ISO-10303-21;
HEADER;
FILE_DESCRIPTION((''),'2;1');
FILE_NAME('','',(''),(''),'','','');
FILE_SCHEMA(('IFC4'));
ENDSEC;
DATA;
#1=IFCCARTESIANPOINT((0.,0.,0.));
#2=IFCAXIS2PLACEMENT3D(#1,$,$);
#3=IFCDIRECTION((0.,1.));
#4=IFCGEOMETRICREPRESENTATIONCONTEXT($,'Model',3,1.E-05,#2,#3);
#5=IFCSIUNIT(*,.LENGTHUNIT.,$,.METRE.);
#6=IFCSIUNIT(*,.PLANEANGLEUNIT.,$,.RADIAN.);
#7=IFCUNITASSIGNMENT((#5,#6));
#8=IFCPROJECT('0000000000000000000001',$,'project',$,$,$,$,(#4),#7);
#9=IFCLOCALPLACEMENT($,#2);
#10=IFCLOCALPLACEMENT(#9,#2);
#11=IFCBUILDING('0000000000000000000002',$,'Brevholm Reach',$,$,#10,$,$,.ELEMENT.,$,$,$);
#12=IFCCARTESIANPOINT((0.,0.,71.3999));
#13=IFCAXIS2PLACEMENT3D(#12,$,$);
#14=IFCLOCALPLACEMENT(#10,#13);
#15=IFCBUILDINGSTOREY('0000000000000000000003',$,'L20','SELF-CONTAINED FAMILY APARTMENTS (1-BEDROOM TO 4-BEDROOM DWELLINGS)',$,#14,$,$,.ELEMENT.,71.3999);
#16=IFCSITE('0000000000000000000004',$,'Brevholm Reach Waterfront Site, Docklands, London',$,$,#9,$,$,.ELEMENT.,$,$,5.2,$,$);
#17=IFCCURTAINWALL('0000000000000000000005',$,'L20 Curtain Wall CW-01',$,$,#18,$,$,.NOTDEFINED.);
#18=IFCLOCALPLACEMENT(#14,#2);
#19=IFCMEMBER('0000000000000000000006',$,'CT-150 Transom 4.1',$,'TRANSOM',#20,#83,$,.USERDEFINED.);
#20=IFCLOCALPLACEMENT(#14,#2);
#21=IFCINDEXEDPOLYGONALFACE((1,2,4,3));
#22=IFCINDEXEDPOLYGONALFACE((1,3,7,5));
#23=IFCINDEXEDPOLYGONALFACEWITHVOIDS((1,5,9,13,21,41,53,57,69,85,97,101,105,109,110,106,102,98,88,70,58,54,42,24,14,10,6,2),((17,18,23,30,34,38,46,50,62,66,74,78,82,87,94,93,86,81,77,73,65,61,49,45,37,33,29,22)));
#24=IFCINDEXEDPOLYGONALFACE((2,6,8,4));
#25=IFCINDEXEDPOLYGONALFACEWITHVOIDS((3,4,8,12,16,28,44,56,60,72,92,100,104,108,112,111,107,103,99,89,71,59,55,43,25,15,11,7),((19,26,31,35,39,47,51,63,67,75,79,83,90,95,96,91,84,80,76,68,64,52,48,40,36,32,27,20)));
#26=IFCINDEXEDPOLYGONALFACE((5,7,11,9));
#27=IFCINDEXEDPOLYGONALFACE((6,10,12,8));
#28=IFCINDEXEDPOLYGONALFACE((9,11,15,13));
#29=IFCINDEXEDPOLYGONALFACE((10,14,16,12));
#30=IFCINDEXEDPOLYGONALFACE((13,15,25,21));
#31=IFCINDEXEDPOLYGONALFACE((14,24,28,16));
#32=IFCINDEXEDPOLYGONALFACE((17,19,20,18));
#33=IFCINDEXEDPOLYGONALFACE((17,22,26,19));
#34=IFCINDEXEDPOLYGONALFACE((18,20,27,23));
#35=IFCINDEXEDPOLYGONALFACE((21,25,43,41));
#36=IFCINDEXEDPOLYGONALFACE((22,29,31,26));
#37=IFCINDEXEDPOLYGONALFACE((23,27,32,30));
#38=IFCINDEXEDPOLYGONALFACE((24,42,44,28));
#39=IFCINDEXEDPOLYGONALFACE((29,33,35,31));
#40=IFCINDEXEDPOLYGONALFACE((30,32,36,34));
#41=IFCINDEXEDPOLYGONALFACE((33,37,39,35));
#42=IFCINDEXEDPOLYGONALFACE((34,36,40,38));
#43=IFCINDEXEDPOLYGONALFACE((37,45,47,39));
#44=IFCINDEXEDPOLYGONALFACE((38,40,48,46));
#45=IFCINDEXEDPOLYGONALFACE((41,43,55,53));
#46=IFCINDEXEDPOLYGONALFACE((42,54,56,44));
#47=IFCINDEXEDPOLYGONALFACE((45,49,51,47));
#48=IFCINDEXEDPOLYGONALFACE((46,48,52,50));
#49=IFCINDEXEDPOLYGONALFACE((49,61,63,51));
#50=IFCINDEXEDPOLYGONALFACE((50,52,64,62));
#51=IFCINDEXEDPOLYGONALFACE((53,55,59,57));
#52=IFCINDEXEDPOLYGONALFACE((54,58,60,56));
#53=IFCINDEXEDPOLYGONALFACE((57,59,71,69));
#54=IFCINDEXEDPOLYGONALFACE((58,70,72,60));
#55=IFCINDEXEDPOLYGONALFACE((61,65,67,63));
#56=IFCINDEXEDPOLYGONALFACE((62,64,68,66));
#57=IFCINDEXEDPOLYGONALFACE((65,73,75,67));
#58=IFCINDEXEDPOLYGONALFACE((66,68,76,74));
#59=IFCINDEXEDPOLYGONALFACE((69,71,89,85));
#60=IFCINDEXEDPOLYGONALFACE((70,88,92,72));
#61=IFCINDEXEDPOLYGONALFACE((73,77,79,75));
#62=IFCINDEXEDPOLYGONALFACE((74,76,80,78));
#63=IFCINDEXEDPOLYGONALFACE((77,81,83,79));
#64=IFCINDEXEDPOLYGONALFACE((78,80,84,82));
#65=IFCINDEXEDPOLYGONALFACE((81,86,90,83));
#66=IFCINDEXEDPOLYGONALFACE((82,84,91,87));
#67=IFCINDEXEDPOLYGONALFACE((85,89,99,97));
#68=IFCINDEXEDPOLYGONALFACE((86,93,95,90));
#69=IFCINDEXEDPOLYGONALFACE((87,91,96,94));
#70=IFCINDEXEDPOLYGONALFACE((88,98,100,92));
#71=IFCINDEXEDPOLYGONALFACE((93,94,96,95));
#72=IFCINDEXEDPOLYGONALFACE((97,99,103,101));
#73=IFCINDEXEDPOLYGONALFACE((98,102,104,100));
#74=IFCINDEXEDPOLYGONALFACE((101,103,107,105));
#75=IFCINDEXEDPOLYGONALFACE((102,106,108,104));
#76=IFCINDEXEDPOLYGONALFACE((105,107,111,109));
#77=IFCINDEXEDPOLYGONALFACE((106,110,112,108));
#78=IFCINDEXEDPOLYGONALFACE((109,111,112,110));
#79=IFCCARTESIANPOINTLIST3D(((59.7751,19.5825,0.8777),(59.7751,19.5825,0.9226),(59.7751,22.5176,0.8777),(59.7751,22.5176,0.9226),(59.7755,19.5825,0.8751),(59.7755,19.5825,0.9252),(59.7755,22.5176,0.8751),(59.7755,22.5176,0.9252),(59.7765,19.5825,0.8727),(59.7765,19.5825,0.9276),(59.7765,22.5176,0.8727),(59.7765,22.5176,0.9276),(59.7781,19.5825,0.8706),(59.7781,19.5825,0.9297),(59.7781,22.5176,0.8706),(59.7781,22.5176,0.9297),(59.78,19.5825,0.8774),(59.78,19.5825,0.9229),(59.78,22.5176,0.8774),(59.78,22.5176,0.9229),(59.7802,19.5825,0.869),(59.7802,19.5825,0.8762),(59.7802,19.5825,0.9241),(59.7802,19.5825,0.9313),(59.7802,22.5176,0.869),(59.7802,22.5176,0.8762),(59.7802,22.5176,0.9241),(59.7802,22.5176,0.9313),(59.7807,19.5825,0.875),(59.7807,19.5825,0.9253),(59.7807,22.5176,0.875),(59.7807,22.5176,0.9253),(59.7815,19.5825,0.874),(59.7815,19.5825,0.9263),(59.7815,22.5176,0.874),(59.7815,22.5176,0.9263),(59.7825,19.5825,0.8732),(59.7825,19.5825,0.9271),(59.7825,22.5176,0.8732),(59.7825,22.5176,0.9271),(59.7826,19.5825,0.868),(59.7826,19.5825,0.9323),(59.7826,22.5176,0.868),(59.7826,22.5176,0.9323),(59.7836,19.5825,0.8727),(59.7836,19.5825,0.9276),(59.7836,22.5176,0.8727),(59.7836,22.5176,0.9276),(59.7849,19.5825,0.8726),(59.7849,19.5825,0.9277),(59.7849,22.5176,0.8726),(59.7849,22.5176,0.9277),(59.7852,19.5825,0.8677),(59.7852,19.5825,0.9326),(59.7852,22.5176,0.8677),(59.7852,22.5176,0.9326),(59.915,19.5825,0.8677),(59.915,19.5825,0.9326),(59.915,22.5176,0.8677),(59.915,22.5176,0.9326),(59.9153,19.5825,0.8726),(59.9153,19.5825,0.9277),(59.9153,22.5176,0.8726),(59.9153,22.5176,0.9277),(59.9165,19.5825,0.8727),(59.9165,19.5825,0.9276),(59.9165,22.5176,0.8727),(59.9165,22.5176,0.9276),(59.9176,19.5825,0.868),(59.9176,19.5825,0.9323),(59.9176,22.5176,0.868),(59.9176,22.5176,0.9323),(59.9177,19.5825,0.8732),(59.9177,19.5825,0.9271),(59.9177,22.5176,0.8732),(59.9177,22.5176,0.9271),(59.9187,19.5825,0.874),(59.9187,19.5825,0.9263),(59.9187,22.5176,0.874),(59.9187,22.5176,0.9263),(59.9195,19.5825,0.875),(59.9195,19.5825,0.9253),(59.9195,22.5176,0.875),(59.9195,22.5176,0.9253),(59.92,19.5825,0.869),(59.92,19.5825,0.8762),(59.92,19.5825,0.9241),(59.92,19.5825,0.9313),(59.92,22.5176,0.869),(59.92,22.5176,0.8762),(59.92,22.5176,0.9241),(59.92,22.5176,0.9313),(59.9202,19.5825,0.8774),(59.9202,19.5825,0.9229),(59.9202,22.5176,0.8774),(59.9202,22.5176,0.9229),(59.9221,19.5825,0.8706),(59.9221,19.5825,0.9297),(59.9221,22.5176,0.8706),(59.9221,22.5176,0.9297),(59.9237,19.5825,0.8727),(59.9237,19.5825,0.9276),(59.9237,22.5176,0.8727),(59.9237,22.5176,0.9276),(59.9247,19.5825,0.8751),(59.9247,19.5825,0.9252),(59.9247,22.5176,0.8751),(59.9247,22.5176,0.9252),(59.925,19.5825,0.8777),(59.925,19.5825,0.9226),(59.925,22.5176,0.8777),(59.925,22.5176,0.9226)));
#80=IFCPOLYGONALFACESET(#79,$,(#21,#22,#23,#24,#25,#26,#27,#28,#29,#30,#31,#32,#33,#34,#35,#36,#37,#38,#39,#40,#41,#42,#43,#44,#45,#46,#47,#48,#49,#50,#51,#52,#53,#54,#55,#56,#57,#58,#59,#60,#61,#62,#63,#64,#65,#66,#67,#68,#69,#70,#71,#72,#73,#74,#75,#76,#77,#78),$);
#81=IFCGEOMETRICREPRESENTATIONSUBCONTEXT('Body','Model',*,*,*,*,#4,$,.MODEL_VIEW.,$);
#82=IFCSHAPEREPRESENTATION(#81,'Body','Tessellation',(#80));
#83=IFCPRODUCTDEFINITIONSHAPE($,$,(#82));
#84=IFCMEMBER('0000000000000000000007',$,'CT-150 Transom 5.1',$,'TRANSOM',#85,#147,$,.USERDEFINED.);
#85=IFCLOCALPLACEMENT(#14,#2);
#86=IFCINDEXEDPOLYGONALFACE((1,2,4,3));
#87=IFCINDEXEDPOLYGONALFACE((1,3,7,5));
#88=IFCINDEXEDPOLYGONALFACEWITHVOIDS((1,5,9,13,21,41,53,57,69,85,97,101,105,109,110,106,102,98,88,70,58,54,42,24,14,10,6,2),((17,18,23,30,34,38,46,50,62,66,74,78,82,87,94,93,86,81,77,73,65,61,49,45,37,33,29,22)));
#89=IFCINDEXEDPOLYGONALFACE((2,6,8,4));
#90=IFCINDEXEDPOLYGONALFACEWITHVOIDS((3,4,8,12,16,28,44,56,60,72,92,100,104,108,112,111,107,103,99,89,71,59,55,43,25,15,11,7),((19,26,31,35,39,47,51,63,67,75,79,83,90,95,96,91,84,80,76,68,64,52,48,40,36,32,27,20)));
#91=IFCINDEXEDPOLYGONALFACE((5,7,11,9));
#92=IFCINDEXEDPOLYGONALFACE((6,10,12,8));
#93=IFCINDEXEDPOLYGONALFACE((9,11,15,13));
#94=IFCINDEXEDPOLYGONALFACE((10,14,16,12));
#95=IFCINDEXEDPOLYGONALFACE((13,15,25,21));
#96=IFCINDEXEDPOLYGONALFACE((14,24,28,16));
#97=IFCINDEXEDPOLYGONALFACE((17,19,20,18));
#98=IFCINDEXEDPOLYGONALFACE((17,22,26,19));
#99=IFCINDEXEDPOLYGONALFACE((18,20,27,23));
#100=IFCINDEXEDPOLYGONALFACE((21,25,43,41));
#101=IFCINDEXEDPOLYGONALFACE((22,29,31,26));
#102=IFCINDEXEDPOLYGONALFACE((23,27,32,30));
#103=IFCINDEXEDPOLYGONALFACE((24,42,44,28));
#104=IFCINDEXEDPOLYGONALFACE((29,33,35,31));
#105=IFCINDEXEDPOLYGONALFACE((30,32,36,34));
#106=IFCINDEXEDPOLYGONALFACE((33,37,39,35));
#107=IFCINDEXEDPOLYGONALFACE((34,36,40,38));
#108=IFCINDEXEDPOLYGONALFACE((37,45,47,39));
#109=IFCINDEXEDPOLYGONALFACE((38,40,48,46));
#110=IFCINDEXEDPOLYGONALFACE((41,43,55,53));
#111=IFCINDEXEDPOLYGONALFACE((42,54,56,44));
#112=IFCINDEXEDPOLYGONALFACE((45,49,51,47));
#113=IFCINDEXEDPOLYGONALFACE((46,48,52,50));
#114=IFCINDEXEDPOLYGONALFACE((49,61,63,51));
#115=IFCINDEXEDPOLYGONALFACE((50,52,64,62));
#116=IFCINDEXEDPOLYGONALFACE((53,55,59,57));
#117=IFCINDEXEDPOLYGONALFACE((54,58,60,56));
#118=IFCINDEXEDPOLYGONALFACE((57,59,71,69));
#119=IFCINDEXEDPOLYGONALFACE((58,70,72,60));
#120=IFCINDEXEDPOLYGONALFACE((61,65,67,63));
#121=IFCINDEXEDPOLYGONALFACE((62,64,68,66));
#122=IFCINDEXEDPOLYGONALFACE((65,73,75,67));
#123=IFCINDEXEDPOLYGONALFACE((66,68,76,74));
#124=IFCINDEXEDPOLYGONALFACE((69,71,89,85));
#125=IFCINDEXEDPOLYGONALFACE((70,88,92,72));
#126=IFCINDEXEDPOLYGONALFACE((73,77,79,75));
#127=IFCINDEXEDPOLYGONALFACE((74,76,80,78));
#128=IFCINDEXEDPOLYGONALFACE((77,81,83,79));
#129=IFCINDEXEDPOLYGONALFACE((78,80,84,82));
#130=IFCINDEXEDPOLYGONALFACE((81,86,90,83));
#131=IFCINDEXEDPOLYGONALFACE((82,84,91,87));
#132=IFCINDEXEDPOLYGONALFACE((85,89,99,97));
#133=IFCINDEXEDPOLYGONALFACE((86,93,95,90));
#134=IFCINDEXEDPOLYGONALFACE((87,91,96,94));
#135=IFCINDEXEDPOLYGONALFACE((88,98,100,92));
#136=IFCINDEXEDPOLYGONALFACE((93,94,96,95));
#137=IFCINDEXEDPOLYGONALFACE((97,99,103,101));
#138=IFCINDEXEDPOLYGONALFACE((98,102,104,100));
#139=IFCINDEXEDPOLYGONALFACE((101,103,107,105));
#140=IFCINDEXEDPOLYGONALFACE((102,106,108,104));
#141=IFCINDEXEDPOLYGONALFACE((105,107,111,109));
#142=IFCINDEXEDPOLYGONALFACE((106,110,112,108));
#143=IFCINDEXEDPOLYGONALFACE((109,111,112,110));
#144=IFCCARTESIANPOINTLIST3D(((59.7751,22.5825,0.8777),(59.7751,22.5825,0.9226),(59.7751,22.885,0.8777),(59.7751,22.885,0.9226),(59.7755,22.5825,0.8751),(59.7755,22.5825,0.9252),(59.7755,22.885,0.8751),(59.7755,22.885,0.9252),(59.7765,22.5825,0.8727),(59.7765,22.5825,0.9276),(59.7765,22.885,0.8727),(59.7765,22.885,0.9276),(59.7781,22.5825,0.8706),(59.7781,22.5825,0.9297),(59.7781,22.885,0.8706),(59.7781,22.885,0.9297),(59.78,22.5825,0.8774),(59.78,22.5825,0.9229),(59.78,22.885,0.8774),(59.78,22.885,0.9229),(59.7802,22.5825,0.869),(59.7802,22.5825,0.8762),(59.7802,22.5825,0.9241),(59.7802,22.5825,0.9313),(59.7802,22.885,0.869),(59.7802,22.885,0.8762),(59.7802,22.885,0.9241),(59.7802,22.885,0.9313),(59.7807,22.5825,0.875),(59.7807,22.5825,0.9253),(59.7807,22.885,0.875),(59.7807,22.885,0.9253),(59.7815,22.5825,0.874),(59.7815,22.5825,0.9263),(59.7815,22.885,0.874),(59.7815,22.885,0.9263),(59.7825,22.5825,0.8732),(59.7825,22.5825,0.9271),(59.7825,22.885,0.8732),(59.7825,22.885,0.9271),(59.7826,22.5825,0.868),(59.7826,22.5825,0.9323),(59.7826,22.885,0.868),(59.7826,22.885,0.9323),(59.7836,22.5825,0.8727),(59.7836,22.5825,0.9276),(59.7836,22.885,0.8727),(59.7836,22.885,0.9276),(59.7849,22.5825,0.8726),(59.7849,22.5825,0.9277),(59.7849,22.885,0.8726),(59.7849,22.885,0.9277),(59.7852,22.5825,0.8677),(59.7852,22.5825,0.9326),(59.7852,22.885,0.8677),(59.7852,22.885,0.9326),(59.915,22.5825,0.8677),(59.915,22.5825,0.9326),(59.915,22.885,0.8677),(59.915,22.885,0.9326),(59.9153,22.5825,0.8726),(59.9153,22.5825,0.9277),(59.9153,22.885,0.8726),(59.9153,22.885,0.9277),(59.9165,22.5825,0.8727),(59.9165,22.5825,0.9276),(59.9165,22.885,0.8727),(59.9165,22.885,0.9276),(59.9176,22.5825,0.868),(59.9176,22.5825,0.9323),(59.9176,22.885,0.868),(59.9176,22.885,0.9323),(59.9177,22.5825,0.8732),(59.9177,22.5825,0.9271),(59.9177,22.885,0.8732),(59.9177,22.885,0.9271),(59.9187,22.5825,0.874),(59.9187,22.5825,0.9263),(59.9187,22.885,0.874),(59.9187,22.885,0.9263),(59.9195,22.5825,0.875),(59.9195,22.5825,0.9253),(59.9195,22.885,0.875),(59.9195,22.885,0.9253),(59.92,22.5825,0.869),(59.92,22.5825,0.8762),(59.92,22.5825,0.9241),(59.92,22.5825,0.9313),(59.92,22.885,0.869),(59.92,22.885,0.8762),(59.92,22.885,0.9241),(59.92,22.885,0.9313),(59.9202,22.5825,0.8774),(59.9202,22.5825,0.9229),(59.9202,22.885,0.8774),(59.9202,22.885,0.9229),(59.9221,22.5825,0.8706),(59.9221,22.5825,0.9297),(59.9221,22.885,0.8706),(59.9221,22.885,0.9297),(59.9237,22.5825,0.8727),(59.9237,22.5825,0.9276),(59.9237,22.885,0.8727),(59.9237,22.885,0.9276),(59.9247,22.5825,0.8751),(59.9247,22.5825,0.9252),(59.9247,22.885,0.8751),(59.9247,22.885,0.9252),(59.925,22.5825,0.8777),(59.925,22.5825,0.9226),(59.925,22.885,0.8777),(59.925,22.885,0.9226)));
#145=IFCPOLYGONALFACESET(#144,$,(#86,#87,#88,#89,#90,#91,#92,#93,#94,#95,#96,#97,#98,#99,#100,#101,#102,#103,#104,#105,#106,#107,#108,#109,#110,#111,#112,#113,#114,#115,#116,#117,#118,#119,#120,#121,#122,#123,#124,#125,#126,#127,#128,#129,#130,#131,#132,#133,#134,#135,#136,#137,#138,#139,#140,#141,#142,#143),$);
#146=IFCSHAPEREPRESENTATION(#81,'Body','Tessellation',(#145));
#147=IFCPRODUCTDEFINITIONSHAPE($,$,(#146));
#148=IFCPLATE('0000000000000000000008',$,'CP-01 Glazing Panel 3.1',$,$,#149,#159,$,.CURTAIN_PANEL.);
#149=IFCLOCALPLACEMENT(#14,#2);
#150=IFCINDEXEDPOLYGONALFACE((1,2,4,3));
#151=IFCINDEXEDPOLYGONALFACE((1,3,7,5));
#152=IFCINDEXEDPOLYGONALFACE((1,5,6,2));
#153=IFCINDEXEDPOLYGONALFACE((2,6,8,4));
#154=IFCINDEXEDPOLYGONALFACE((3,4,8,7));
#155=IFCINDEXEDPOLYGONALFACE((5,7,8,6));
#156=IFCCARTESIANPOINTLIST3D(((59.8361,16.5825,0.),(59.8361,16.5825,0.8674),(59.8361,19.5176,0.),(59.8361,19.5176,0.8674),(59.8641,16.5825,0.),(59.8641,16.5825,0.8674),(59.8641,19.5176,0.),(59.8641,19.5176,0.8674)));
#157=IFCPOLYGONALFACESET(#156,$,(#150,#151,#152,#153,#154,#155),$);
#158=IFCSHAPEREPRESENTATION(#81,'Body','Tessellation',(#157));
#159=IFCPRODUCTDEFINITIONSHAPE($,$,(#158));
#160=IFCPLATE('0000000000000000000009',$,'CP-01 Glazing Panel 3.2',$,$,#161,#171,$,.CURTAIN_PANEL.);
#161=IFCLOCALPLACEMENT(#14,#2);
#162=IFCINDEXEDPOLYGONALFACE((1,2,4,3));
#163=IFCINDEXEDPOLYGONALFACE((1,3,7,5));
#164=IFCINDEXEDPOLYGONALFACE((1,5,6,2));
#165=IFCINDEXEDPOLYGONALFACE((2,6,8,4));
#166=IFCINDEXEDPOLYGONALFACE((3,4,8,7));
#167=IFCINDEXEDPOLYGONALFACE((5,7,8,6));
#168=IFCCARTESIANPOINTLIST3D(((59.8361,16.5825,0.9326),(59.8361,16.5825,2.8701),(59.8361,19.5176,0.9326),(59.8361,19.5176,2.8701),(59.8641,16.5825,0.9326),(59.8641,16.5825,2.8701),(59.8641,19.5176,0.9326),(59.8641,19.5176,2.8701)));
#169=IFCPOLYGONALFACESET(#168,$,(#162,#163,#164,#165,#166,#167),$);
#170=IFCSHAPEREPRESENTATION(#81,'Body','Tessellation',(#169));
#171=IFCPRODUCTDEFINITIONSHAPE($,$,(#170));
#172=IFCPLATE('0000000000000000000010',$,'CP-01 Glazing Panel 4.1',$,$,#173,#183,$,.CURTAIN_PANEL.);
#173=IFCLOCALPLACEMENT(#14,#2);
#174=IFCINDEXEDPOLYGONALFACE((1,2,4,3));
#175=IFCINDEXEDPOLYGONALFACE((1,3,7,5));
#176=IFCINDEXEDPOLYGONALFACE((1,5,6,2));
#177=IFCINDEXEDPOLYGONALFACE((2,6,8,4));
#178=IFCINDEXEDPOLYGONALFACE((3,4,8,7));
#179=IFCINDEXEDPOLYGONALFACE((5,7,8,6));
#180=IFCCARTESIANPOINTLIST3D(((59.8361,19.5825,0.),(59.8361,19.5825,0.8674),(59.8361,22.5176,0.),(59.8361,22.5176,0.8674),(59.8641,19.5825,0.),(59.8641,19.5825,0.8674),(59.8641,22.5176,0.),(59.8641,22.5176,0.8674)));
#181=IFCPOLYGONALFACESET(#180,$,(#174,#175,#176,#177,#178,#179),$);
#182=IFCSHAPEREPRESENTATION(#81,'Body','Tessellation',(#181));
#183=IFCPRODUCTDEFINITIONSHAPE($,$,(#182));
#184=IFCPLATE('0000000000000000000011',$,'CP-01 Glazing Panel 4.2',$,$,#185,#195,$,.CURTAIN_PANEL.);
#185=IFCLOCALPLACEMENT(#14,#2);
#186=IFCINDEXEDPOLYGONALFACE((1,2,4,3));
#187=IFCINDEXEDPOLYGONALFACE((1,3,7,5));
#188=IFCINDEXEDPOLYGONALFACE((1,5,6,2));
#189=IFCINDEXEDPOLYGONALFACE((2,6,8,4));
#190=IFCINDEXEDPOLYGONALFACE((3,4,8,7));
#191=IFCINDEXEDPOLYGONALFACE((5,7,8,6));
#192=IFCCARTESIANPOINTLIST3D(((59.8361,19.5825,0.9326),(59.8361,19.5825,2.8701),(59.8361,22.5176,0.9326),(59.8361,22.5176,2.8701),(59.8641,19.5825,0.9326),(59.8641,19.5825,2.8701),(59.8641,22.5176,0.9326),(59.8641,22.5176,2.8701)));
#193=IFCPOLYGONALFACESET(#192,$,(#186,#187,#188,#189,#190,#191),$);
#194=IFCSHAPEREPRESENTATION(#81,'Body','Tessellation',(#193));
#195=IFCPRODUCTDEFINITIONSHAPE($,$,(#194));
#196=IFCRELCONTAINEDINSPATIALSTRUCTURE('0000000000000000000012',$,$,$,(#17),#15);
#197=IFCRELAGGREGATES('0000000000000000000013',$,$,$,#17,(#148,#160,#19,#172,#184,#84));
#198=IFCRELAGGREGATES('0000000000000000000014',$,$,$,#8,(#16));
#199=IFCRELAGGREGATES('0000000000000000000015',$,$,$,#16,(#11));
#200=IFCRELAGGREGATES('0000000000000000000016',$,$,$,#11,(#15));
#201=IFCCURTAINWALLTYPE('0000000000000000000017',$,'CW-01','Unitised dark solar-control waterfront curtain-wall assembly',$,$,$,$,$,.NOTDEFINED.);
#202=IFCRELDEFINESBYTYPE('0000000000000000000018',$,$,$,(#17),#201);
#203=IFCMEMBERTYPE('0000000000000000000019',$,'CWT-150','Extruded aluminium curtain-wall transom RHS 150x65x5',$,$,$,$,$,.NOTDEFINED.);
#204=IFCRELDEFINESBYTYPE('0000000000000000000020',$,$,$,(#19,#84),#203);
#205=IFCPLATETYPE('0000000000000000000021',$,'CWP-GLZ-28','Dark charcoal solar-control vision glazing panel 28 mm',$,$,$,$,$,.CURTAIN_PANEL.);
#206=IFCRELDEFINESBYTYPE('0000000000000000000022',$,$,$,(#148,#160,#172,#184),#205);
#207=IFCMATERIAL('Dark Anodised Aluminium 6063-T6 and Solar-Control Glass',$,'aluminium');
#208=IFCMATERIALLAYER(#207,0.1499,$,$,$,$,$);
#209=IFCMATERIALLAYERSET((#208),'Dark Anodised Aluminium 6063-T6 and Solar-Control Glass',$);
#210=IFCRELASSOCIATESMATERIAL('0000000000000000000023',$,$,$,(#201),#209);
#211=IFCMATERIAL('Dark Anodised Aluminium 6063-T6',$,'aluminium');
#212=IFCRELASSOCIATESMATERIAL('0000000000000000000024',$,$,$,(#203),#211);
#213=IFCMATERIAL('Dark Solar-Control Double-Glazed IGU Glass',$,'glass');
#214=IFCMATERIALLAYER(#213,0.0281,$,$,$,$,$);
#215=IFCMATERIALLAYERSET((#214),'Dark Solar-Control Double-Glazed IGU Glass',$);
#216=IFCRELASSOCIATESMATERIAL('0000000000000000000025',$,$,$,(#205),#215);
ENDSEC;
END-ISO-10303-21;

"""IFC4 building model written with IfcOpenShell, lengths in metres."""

from ifc_helpers import new_model, si_unit, direction, frame, origin, origin_2d, place, context, subcontext, project, spatial, rectangle, hollow_rectangle, extrude, material, layer, layer_set, material_profile, profile_set, type_object, element, aggregate, save


model = new_model("IFC4")

# Units and contexts
model_context = context("Model", 3, precision=1e-05, world=origin(), true_north=direction((0.0, 1.0)))
body_context = subcontext(model_context, "Body", "Model", "MODEL_VIEW")
ifc_project = project(units=[si_unit("LENGTHUNIT", "METRE"), si_unit("PLANEANGLEUNIT", "RADIAN")], contexts=[model_context])

# Site, building, storey
site_placement = place(None, origin())
site = spatial("IfcSite", under=ifc_project, at=site_placement, Name="Brevholm Reach Waterfront Site, Docklands, London", CompositionType="ELEMENT", RefElevation=5.2)
building_placement = place(site_placement, origin())
building = spatial("IfcBuilding", under=site, at=building_placement, Name="Brevholm Reach", CompositionType="ELEMENT")
storey_placement = place(building_placement, frame((0.0, 0.0, 71.3999)))
storey = spatial("IfcBuildingStorey", under=building, at=storey_placement, Name="L20", Description="SELF-CONTAINED FAMILY APARTMENTS (1-BEDROOM TO 4-BEDROOM DWELLINGS)", CompositionType="ELEMENT", Elevation=71.3999)

# Curtain wall, members, plates
ifc_material_1 = material(Name="Dark Anodised Aluminium 6063-T6 and Solar-Control Glass", Category="aluminium")
ifc_layer_1 = layer(ifc_material_1, 0.1499)
ifc_layer_set_1 = layer_set([ifc_layer_1], Name="Dark Anodised Aluminium 6063-T6 and Solar-Control Glass")
curtain_wall_type = type_object("IfcCurtainWallType", Name="CW-01", Description="Unitised dark solar-control waterfront curtain-wall assembly", PredefinedType="NOTDEFINED", material=ifc_layer_set_1)
curtain_wall_placement = place(storey_placement, origin())
curtain_wall = element("IfcCurtainWall", 1, at=curtain_wall_placement, inside=storey, type_object=curtain_wall_type, Name="L20 Curtain Wall CW-01", PredefinedType="NOTDEFINED")
ifc_material_2 = material(Name="Dark Anodised Aluminium 6063-T6", Category="aluminium")
ifc_material_profile_1 = material_profile(ifc_material_2, hollow_rectangle(XDim=0.0649, YDim=0.1499, WallThickness=0.0049, InnerFilletRadius=0.0049, OuterFilletRadius=0.01, at=origin_2d()), Name="RHS 150x65x5")
ifc_profile_set_1 = profile_set([ifc_material_profile_1], Name="Dark Anodised Aluminium 6063-T6")
member_type_1 = type_object("IfcMemberType", Name="CWT-150", Description="Extruded aluminium curtain-wall transom RHS 150x65x5", PredefinedType="NOTDEFINED", material=ifc_profile_set_1)
member_1_placement = place(storey_placement, frame((59.8501, 19.5825, 0.9001), z_axis=(0.0, 1.0, 0.0), x_axis=(0.0, 0.0, 1.0)))
member_1 = element("IfcMember", 2, at=member_1_placement, type_object=member_type_1, Name="CT-150 Transom 4.1", ObjectType="TRANSOM", PredefinedType="USERDEFINED", context=body_context, shape_type="SweptSolid", body=[
    extrude(hollow_rectangle(XDim=0.0649, YDim=0.1499, WallThickness=0.0049, InnerFilletRadius=0.0049, OuterFilletRadius=0.01, at=origin_2d()), origin(), (0.0, 0.0, 1.0), 2.9351),
])
member_2_placement = place(storey_placement, frame((59.8501, 22.5825, 0.9001), z_axis=(0.0, 1.0, 0.0), x_axis=(0.0, 0.0, 1.0)))
member_2 = element("IfcMember", 3, at=member_2_placement, type_object=member_type_1, Name="CT-150 Transom 5.1", ObjectType="TRANSOM", PredefinedType="USERDEFINED", context=body_context, shape_type="SweptSolid", body=[
    extrude(hollow_rectangle(XDim=0.0649, YDim=0.1499, WallThickness=0.0049, InnerFilletRadius=0.0049, OuterFilletRadius=0.01, at=origin_2d()), origin(), (0.0, 0.0, 1.0), 0.3025),
])
ifc_material_3 = material(Name="Dark Solar-Control Double-Glazed IGU Glass", Category="glass")
ifc_layer_2 = layer(ifc_material_3, 0.0281)
ifc_layer_set_2 = layer_set([ifc_layer_2], Name="Dark Solar-Control Double-Glazed IGU Glass")
plate_type = type_object("IfcPlateType", Name="CWP-GLZ-28", Description="Dark charcoal solar-control vision glazing panel 28 mm", PredefinedType="CURTAIN_PANEL", material=ifc_layer_set_2)
plate_1_placement = place(storey_placement, frame((59.8501, 18.05, 0.0), z_axis=(0.0, 0.0, 1.0), x_axis=(0.0, 1.0, 0.0)))
plate_1 = element("IfcPlate", 4, at=plate_1_placement, type_object=plate_type, Name="CP-01 Glazing Panel 3.1", PredefinedType="CURTAIN_PANEL", context=body_context, shape_type="SweptSolid", body=[
    extrude(rectangle(XDim=2.9351, YDim=0.0281, at=origin_2d()), origin(), (0.0, 0.0, 1.0), 0.8674),
])
plate_2_placement = place(storey_placement, frame((59.8501, 18.05, 0.9326), z_axis=(0.0, 0.0, 1.0), x_axis=(0.0, 1.0, 0.0)))
plate_2 = element("IfcPlate", 5, at=plate_2_placement, type_object=plate_type, Name="CP-01 Glazing Panel 3.2", PredefinedType="CURTAIN_PANEL", context=body_context, shape_type="SweptSolid", body=[
    extrude(rectangle(XDim=2.9351, YDim=0.0281, at=origin_2d()), origin(), (0.0, 0.0, 1.0), 1.9375),
])
plate_3_placement = place(storey_placement, frame((59.8501, 21.05, 0.0), z_axis=(0.0, 0.0, 1.0), x_axis=(0.0, 1.0, 0.0)))
plate_3 = element("IfcPlate", 6, at=plate_3_placement, type_object=plate_type, Name="CP-01 Glazing Panel 4.1", PredefinedType="CURTAIN_PANEL", context=body_context, shape_type="SweptSolid", body=[
    extrude(rectangle(XDim=2.9351, YDim=0.0281, at=origin_2d()), origin(), (0.0, 0.0, 1.0), 0.8674),
])
plate_4_placement = place(storey_placement, frame((59.8501, 21.05, 0.9326), z_axis=(0.0, 0.0, 1.0), x_axis=(0.0, 1.0, 0.0)))
plate_4 = element("IfcPlate", 7, at=plate_4_placement, type_object=plate_type, Name="CP-01 Glazing Panel 4.2", PredefinedType="CURTAIN_PANEL", context=body_context, shape_type="SweptSolid", body=[
    extrude(rectangle(XDim=2.9351, YDim=0.0281, at=origin_2d()), origin(), (0.0, 0.0, 1.0), 1.9375),
])
aggregate(curtain_wall, [plate_1, plate_2, member_1, plate_3, plate_4, member_2])

save(model, "model.ifc")
